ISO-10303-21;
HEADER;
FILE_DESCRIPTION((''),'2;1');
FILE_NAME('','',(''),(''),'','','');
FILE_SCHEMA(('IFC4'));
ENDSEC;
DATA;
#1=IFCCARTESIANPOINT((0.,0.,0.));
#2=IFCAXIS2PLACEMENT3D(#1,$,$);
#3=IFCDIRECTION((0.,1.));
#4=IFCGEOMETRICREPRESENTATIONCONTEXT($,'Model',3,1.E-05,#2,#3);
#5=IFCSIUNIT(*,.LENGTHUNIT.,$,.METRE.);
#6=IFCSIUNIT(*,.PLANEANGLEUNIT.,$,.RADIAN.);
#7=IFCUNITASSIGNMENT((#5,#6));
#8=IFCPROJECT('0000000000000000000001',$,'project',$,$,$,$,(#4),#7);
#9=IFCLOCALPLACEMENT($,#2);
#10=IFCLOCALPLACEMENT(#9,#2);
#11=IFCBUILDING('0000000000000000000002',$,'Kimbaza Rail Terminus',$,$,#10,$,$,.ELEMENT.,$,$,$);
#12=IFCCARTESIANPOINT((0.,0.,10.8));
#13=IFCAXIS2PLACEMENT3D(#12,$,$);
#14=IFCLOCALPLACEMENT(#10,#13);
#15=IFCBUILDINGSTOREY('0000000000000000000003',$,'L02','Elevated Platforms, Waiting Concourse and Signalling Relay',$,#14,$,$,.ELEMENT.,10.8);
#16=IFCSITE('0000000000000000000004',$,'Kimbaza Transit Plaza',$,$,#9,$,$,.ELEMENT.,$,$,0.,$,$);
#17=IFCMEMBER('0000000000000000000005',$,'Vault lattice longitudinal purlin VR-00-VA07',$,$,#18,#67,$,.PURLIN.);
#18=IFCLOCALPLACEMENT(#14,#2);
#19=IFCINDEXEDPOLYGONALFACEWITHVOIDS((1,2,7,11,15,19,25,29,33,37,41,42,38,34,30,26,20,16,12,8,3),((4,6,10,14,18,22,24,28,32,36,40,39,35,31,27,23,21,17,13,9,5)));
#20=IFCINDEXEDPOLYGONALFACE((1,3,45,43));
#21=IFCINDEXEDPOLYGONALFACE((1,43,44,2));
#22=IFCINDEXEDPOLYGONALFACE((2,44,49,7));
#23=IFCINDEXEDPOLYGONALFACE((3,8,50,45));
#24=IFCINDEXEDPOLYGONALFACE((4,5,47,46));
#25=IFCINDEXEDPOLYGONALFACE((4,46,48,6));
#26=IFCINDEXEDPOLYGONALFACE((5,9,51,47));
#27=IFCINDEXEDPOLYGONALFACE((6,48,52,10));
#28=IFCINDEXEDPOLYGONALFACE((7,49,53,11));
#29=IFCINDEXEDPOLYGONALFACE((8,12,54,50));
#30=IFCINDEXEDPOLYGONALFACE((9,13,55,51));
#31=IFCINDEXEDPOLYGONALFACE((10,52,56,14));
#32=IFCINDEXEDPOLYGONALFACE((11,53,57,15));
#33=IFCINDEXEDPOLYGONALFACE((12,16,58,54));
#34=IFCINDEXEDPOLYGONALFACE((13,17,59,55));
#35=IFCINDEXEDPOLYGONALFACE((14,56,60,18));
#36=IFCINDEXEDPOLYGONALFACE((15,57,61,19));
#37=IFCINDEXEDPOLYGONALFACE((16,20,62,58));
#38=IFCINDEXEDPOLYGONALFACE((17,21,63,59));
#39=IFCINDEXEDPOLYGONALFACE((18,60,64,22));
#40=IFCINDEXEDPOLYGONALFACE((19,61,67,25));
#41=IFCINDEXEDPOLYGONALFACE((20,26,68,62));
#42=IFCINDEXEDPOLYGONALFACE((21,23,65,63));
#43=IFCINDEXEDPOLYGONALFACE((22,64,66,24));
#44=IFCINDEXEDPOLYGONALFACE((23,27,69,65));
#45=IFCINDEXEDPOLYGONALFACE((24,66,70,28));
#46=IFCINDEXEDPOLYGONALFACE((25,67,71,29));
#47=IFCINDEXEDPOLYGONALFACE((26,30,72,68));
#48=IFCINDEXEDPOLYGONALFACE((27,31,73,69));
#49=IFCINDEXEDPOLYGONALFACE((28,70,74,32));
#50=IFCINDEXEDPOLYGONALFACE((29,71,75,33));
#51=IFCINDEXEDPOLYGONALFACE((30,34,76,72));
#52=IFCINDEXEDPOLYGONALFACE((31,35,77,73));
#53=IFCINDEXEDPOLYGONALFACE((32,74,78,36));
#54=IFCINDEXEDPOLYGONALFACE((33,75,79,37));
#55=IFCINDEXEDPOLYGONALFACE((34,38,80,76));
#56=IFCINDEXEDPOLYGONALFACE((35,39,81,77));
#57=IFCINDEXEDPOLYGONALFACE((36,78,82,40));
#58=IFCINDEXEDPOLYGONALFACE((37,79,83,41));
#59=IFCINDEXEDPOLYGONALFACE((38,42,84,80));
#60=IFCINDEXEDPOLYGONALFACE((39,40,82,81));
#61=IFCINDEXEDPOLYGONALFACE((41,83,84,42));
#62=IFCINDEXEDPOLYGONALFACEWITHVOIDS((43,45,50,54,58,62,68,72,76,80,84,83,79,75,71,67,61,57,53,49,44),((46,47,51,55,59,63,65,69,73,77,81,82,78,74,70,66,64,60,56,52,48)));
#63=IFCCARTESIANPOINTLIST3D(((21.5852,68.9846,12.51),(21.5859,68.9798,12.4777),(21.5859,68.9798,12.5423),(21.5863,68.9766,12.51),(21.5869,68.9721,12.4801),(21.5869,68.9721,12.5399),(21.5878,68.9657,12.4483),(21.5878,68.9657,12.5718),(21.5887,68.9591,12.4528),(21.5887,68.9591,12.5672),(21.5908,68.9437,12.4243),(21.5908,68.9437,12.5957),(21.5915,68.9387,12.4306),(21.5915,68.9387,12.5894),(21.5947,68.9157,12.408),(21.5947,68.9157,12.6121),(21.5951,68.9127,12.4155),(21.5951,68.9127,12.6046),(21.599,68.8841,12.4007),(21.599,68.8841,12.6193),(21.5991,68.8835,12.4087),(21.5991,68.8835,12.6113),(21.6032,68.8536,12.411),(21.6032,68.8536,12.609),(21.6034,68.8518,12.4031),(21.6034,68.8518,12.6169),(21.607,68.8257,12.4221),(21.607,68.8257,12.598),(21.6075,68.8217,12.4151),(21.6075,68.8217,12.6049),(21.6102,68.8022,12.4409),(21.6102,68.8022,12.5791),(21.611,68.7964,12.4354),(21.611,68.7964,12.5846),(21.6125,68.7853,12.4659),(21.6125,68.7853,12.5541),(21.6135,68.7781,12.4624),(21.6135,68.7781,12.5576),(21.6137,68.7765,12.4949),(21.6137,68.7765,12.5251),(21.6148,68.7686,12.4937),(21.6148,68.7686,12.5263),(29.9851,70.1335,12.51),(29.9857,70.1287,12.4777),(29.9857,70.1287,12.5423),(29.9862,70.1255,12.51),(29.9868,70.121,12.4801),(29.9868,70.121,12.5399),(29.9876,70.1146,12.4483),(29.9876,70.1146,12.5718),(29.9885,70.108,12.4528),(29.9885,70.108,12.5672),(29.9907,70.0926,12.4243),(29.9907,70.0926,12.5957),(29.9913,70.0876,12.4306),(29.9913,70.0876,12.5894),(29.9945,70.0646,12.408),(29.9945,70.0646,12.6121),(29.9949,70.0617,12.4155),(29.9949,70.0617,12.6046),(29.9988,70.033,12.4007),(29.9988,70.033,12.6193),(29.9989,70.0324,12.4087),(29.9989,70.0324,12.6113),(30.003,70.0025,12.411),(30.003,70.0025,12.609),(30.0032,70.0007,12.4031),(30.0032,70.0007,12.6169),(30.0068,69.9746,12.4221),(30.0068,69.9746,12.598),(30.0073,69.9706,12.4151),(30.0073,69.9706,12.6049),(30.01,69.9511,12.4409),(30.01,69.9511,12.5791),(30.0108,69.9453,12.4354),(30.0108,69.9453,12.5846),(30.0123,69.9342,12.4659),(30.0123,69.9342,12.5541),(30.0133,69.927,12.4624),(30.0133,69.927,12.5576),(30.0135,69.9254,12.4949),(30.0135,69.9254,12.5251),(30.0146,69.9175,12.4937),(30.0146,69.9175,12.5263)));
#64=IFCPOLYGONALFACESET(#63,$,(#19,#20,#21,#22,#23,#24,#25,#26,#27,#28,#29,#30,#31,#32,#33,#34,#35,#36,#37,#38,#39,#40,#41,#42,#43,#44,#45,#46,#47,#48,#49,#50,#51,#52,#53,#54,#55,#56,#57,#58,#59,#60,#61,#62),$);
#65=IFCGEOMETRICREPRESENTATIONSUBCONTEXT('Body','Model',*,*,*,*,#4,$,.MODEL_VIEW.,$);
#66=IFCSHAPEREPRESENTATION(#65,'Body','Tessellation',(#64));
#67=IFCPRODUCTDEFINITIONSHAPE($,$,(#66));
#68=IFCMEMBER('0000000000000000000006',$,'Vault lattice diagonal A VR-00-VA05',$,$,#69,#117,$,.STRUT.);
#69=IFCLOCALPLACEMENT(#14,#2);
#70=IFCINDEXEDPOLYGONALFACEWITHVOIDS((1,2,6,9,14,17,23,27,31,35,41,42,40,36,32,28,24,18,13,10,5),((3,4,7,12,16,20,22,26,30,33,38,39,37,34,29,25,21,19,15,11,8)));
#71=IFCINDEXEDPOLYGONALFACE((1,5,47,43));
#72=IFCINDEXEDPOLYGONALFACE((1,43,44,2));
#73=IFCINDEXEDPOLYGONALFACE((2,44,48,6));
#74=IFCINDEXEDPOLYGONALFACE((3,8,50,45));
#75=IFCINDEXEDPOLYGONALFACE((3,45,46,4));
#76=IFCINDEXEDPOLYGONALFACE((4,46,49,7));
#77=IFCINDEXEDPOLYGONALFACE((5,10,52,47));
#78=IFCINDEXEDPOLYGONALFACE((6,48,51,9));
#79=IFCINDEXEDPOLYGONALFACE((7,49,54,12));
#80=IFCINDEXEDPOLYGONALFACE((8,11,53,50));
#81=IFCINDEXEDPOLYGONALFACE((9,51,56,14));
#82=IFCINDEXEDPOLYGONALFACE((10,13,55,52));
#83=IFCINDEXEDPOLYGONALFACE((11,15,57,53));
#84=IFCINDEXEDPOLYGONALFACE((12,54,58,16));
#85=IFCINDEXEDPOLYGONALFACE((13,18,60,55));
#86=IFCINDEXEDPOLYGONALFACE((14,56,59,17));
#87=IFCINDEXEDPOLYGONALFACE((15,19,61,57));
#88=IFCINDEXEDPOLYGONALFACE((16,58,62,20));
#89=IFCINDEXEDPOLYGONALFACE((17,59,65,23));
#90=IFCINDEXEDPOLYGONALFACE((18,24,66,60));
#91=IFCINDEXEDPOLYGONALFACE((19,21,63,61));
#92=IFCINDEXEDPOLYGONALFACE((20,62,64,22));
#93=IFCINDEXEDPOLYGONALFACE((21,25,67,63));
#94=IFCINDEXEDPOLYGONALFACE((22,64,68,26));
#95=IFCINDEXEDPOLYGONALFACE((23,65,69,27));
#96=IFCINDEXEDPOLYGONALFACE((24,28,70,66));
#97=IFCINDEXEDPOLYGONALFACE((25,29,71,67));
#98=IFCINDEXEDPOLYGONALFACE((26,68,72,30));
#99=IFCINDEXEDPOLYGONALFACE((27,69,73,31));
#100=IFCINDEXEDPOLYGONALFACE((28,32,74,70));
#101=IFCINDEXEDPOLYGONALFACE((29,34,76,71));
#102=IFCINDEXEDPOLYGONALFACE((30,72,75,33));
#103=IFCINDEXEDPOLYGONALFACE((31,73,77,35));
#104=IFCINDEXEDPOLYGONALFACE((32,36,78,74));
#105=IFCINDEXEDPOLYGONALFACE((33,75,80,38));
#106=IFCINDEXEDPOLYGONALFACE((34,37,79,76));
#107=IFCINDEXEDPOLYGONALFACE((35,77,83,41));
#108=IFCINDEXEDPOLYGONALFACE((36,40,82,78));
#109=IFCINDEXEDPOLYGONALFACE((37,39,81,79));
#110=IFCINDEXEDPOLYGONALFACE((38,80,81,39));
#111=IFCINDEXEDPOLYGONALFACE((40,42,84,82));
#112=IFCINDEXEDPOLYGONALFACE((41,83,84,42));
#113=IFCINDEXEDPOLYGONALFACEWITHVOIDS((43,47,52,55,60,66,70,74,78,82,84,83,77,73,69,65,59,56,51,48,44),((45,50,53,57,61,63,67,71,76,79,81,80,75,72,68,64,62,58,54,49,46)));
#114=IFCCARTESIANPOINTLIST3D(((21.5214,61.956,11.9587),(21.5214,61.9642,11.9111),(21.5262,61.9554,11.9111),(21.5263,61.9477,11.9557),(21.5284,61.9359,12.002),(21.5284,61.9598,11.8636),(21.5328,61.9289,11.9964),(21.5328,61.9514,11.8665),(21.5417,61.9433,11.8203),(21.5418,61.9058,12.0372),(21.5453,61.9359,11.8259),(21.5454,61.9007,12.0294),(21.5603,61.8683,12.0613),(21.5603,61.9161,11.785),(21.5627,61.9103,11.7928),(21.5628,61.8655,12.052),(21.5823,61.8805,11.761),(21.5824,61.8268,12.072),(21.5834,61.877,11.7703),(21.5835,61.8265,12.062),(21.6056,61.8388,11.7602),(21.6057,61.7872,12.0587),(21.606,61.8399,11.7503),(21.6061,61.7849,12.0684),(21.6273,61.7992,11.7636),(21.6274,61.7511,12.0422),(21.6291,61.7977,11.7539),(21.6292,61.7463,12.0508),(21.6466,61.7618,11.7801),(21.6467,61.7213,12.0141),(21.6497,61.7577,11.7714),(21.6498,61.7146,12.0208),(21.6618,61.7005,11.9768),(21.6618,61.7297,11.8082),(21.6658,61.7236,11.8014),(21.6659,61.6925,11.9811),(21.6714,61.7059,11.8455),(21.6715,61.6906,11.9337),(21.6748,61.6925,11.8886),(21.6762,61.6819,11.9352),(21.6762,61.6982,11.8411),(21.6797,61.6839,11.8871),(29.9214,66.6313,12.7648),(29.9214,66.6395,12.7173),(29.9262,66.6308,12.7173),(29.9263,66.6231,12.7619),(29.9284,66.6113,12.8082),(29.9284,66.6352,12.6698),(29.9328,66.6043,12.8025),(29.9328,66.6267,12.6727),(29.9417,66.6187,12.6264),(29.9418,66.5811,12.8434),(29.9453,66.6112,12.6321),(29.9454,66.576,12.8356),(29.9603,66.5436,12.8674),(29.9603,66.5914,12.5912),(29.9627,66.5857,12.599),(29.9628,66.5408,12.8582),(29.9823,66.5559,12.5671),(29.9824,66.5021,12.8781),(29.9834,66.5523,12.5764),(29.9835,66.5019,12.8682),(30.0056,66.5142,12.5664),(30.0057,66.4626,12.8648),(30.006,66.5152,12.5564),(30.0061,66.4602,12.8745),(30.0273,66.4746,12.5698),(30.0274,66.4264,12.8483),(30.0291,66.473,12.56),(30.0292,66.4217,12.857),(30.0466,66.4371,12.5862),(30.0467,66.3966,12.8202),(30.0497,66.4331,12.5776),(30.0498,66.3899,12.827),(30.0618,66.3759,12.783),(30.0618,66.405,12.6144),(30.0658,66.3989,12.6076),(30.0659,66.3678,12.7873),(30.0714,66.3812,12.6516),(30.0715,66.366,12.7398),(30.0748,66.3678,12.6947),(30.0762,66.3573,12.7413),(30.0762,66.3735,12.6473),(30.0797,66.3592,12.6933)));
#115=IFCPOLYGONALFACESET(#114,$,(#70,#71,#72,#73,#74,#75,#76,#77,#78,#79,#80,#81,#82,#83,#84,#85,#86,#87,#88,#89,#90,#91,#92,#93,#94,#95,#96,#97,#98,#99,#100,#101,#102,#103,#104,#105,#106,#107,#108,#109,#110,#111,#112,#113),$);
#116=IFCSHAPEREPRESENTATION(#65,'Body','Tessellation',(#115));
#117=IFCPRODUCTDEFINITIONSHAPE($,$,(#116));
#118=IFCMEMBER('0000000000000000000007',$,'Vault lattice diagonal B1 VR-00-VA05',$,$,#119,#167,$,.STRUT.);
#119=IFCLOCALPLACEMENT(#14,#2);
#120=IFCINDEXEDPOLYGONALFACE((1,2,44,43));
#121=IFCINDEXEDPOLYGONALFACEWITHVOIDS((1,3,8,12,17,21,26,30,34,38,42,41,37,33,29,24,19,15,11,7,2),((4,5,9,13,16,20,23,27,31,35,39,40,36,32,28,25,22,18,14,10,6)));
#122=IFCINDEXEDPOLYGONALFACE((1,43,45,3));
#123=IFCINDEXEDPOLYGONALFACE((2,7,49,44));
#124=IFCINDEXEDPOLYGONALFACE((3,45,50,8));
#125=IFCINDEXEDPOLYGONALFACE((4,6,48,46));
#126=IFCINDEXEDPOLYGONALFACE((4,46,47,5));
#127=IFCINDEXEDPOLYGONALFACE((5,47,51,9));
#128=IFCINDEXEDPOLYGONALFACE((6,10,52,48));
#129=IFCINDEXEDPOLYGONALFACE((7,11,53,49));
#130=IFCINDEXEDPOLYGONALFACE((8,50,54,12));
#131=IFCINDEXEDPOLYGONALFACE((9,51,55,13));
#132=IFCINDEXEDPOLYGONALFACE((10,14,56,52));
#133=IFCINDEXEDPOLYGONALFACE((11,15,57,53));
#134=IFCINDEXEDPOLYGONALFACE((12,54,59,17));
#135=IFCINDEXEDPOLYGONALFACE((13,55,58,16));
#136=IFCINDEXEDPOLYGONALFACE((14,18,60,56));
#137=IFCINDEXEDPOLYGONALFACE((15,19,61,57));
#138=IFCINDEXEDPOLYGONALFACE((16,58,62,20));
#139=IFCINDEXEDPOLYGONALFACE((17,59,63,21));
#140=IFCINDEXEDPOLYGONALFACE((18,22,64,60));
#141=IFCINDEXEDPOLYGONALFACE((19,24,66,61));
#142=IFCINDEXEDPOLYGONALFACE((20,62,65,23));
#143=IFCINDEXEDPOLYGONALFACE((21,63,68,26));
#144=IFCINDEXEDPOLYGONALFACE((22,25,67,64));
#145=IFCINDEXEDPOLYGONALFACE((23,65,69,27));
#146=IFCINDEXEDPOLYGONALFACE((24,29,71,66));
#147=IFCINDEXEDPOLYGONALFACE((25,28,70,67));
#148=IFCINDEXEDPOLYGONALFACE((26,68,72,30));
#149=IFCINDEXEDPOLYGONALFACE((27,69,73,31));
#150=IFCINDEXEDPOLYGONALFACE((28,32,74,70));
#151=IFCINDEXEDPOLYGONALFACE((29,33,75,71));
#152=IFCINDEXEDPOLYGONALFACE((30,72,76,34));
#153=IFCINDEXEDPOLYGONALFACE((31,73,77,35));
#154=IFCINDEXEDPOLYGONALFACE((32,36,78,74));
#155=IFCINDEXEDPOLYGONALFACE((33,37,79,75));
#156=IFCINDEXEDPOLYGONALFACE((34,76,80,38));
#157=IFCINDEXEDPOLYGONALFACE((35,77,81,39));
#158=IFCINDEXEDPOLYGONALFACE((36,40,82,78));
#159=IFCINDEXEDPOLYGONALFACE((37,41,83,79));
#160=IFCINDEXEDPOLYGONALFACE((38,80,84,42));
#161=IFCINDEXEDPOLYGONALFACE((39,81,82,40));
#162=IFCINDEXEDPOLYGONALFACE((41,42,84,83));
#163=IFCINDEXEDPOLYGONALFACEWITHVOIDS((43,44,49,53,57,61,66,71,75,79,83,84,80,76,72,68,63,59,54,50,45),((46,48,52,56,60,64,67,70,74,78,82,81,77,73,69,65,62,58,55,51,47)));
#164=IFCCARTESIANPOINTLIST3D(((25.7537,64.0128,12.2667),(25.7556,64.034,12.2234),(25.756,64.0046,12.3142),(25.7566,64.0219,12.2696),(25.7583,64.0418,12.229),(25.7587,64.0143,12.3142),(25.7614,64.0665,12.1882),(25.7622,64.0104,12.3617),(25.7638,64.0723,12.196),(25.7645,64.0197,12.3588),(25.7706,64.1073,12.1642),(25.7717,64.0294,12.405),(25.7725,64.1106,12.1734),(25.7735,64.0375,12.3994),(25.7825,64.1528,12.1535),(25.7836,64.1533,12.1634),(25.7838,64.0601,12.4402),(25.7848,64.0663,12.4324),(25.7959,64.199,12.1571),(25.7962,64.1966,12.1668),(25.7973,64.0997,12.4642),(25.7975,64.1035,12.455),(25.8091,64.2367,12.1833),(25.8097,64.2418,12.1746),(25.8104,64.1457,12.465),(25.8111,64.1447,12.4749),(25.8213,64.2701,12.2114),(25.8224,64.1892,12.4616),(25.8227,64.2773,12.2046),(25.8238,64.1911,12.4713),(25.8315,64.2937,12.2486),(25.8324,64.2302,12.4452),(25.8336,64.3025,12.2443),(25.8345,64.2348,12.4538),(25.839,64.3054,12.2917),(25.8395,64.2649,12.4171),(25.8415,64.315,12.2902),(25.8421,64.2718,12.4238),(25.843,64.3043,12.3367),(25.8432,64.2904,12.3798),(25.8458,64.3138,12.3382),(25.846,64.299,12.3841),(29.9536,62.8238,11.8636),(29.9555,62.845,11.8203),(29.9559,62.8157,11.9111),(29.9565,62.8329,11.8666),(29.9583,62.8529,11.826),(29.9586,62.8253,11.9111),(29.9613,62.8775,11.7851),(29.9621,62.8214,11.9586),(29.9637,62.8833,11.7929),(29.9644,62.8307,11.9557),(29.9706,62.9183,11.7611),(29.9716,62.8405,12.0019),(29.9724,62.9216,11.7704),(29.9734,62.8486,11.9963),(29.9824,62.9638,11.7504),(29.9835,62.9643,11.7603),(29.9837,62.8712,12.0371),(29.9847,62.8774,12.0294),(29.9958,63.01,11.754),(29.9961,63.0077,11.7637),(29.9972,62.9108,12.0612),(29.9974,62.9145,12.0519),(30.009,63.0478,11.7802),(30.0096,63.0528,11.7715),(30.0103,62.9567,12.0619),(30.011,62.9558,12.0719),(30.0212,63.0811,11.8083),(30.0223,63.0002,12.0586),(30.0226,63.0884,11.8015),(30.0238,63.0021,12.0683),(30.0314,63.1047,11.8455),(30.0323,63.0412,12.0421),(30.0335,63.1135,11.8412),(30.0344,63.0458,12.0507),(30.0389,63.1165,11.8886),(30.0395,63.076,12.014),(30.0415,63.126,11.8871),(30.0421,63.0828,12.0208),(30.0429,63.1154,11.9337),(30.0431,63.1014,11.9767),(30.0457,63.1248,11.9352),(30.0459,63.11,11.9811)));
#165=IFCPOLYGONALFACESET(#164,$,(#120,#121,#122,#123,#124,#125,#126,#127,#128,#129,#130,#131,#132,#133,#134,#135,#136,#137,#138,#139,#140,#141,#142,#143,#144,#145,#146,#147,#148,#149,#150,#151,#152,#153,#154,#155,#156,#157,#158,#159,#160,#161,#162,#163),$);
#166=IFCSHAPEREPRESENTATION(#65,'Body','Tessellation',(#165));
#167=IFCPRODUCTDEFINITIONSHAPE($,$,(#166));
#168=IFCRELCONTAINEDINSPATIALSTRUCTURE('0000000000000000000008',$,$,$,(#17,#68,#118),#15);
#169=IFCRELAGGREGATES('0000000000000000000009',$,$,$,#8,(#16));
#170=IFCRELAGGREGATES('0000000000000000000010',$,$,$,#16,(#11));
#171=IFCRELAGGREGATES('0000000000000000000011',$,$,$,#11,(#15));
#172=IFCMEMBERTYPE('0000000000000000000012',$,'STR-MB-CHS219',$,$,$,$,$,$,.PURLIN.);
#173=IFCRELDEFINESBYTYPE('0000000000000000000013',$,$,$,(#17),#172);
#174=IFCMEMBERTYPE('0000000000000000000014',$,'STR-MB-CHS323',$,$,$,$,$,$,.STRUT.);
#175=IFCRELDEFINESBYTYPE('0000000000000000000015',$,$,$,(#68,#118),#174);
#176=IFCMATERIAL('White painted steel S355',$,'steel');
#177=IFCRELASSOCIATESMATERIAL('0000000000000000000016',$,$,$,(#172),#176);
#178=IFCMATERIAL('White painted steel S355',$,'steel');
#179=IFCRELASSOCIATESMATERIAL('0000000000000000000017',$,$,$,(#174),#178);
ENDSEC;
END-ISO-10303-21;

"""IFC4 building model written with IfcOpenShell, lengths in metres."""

from ifc_helpers import new_model, si_unit, direction, frame, origin, origin_2d, place, context, subcontext, project, spatial, hollow_circle, extrude, material, material_profile, profile_set, type_object, element, save


model = new_model("IFC4")

# Units and contexts
model_context = context("Model", 3, precision=1e-05, world=origin(), true_north=direction((0.0, 1.0)))
body_context = subcontext(model_context, "Body", "Model", "MODEL_VIEW")
ifc_project = project(units=[si_unit("LENGTHUNIT", "METRE"), si_unit("PLANEANGLEUNIT", "RADIAN")], contexts=[model_context])

# Site, building, storey
site_placement = place(None, origin())
site = spatial("IfcSite", under=ifc_project, at=site_placement, Name="Kimbaza Transit Plaza", CompositionType="ELEMENT", RefElevation=0.0)
building_placement = place(site_placement, origin())
building = spatial("IfcBuilding", under=site, at=building_placement, Name="Kimbaza Rail Terminus", CompositionType="ELEMENT")
storey_placement = place(building_placement, frame((0.0, 0.0, 10.8)))
storey = spatial("IfcBuildingStorey", under=building, at=storey_placement, Name="L02", Description="Elevated Platforms, Waiting Concourse and Signalling Relay", CompositionType="ELEMENT", Elevation=10.8)

# Members
ifc_material_1 = material(Name="White painted steel S355", Category="steel")
ifc_material_profile_1 = material_profile(ifc_material_1, hollow_circle(Radius=0.1096, WallThickness=0.0081, at=origin_2d()), Name="CHS 219.1x8")
ifc_profile_set_1 = profile_set([ifc_material_profile_1], Name="White painted steel S355")
member_type_1 = type_object("IfcMemberType", Name="STR-MB-CHS219", PredefinedType="PURLIN", material=ifc_profile_set_1)
for number, where, z_axis, x_axis, name in (
    (1, (21.6001, 68.876, 12.51), (0.990775, 0.135517, 0.0), (-0.135517, 0.990775, 0.0), "Vault lattice longitudinal purlin VR-00-VA07"),
):
    element("IfcMember", number, at=place(storey_placement, frame(where, z_axis=z_axis, x_axis=x_axis)), inside=storey, type_object=member_type_1, Name=name, PredefinedType="PURLIN", context=body_context, shape_type="SweptSolid", body=[
        extrude(hollow_circle(Radius=0.1096, WallThickness=0.0081, at=origin_2d()), origin(), (0.0, 0.0, 1.0), 8.478),
    ])
ifc_material_2 = material(Name="White painted steel S355", Category="steel")
ifc_material_profile_2 = material_profile(ifc_material_2, hollow_circle(Radius=0.1619, WallThickness=0.01, at=origin_2d()), Name="CHS 323.9x10")
ifc_profile_set_2 = profile_set([ifc_material_profile_2], Name="White painted steel S355")
member_type_2 = type_object("IfcMemberType", Name="STR-MB-CHS323", PredefinedType="STRUT", material=ifc_profile_set_2)
member_1_placement = place(storey_placement, frame((21.6001, 61.8228, 11.9111), z_axis=(0.870718, 0.484632, 0.083564), x_axis=(-0.486333, 0.873774, 0.0)))
element("IfcMember", 2, at=member_1_placement, inside=storey, type_object=member_type_2, Name="Vault lattice diagonal A VR-00-VA05", PredefinedType="STRUT", context=body_context, shape_type="SweptSolid", body=[
    extrude(hollow_circle(Radius=0.1619, WallThickness=0.01, at=origin_2d()), origin(), (0.0, 0.0, 1.0), 9.6472),
])
for number, where, z_axis, x_axis, name in (
    (3, (30.0, 62.9714, 11.9111), (-0.958112, 0.271232, 0.091952), (-0.272386, -0.962188, 0.0), "Vault lattice diagonal B1 VR-00-VA05"),
):
    element("IfcMember", number, at=place(storey_placement, frame(where, z_axis=z_axis, x_axis=x_axis)), inside=storey, type_object=member_type_2, Name=name, PredefinedType="STRUT", context=body_context, shape_type="SweptSolid", body=[
        extrude(hollow_circle(Radius=0.1619, WallThickness=0.01, at=origin_2d()), origin(), (0.0, 0.0, 1.0), 4.3835),
    ])

save(model, "model.ifc")
